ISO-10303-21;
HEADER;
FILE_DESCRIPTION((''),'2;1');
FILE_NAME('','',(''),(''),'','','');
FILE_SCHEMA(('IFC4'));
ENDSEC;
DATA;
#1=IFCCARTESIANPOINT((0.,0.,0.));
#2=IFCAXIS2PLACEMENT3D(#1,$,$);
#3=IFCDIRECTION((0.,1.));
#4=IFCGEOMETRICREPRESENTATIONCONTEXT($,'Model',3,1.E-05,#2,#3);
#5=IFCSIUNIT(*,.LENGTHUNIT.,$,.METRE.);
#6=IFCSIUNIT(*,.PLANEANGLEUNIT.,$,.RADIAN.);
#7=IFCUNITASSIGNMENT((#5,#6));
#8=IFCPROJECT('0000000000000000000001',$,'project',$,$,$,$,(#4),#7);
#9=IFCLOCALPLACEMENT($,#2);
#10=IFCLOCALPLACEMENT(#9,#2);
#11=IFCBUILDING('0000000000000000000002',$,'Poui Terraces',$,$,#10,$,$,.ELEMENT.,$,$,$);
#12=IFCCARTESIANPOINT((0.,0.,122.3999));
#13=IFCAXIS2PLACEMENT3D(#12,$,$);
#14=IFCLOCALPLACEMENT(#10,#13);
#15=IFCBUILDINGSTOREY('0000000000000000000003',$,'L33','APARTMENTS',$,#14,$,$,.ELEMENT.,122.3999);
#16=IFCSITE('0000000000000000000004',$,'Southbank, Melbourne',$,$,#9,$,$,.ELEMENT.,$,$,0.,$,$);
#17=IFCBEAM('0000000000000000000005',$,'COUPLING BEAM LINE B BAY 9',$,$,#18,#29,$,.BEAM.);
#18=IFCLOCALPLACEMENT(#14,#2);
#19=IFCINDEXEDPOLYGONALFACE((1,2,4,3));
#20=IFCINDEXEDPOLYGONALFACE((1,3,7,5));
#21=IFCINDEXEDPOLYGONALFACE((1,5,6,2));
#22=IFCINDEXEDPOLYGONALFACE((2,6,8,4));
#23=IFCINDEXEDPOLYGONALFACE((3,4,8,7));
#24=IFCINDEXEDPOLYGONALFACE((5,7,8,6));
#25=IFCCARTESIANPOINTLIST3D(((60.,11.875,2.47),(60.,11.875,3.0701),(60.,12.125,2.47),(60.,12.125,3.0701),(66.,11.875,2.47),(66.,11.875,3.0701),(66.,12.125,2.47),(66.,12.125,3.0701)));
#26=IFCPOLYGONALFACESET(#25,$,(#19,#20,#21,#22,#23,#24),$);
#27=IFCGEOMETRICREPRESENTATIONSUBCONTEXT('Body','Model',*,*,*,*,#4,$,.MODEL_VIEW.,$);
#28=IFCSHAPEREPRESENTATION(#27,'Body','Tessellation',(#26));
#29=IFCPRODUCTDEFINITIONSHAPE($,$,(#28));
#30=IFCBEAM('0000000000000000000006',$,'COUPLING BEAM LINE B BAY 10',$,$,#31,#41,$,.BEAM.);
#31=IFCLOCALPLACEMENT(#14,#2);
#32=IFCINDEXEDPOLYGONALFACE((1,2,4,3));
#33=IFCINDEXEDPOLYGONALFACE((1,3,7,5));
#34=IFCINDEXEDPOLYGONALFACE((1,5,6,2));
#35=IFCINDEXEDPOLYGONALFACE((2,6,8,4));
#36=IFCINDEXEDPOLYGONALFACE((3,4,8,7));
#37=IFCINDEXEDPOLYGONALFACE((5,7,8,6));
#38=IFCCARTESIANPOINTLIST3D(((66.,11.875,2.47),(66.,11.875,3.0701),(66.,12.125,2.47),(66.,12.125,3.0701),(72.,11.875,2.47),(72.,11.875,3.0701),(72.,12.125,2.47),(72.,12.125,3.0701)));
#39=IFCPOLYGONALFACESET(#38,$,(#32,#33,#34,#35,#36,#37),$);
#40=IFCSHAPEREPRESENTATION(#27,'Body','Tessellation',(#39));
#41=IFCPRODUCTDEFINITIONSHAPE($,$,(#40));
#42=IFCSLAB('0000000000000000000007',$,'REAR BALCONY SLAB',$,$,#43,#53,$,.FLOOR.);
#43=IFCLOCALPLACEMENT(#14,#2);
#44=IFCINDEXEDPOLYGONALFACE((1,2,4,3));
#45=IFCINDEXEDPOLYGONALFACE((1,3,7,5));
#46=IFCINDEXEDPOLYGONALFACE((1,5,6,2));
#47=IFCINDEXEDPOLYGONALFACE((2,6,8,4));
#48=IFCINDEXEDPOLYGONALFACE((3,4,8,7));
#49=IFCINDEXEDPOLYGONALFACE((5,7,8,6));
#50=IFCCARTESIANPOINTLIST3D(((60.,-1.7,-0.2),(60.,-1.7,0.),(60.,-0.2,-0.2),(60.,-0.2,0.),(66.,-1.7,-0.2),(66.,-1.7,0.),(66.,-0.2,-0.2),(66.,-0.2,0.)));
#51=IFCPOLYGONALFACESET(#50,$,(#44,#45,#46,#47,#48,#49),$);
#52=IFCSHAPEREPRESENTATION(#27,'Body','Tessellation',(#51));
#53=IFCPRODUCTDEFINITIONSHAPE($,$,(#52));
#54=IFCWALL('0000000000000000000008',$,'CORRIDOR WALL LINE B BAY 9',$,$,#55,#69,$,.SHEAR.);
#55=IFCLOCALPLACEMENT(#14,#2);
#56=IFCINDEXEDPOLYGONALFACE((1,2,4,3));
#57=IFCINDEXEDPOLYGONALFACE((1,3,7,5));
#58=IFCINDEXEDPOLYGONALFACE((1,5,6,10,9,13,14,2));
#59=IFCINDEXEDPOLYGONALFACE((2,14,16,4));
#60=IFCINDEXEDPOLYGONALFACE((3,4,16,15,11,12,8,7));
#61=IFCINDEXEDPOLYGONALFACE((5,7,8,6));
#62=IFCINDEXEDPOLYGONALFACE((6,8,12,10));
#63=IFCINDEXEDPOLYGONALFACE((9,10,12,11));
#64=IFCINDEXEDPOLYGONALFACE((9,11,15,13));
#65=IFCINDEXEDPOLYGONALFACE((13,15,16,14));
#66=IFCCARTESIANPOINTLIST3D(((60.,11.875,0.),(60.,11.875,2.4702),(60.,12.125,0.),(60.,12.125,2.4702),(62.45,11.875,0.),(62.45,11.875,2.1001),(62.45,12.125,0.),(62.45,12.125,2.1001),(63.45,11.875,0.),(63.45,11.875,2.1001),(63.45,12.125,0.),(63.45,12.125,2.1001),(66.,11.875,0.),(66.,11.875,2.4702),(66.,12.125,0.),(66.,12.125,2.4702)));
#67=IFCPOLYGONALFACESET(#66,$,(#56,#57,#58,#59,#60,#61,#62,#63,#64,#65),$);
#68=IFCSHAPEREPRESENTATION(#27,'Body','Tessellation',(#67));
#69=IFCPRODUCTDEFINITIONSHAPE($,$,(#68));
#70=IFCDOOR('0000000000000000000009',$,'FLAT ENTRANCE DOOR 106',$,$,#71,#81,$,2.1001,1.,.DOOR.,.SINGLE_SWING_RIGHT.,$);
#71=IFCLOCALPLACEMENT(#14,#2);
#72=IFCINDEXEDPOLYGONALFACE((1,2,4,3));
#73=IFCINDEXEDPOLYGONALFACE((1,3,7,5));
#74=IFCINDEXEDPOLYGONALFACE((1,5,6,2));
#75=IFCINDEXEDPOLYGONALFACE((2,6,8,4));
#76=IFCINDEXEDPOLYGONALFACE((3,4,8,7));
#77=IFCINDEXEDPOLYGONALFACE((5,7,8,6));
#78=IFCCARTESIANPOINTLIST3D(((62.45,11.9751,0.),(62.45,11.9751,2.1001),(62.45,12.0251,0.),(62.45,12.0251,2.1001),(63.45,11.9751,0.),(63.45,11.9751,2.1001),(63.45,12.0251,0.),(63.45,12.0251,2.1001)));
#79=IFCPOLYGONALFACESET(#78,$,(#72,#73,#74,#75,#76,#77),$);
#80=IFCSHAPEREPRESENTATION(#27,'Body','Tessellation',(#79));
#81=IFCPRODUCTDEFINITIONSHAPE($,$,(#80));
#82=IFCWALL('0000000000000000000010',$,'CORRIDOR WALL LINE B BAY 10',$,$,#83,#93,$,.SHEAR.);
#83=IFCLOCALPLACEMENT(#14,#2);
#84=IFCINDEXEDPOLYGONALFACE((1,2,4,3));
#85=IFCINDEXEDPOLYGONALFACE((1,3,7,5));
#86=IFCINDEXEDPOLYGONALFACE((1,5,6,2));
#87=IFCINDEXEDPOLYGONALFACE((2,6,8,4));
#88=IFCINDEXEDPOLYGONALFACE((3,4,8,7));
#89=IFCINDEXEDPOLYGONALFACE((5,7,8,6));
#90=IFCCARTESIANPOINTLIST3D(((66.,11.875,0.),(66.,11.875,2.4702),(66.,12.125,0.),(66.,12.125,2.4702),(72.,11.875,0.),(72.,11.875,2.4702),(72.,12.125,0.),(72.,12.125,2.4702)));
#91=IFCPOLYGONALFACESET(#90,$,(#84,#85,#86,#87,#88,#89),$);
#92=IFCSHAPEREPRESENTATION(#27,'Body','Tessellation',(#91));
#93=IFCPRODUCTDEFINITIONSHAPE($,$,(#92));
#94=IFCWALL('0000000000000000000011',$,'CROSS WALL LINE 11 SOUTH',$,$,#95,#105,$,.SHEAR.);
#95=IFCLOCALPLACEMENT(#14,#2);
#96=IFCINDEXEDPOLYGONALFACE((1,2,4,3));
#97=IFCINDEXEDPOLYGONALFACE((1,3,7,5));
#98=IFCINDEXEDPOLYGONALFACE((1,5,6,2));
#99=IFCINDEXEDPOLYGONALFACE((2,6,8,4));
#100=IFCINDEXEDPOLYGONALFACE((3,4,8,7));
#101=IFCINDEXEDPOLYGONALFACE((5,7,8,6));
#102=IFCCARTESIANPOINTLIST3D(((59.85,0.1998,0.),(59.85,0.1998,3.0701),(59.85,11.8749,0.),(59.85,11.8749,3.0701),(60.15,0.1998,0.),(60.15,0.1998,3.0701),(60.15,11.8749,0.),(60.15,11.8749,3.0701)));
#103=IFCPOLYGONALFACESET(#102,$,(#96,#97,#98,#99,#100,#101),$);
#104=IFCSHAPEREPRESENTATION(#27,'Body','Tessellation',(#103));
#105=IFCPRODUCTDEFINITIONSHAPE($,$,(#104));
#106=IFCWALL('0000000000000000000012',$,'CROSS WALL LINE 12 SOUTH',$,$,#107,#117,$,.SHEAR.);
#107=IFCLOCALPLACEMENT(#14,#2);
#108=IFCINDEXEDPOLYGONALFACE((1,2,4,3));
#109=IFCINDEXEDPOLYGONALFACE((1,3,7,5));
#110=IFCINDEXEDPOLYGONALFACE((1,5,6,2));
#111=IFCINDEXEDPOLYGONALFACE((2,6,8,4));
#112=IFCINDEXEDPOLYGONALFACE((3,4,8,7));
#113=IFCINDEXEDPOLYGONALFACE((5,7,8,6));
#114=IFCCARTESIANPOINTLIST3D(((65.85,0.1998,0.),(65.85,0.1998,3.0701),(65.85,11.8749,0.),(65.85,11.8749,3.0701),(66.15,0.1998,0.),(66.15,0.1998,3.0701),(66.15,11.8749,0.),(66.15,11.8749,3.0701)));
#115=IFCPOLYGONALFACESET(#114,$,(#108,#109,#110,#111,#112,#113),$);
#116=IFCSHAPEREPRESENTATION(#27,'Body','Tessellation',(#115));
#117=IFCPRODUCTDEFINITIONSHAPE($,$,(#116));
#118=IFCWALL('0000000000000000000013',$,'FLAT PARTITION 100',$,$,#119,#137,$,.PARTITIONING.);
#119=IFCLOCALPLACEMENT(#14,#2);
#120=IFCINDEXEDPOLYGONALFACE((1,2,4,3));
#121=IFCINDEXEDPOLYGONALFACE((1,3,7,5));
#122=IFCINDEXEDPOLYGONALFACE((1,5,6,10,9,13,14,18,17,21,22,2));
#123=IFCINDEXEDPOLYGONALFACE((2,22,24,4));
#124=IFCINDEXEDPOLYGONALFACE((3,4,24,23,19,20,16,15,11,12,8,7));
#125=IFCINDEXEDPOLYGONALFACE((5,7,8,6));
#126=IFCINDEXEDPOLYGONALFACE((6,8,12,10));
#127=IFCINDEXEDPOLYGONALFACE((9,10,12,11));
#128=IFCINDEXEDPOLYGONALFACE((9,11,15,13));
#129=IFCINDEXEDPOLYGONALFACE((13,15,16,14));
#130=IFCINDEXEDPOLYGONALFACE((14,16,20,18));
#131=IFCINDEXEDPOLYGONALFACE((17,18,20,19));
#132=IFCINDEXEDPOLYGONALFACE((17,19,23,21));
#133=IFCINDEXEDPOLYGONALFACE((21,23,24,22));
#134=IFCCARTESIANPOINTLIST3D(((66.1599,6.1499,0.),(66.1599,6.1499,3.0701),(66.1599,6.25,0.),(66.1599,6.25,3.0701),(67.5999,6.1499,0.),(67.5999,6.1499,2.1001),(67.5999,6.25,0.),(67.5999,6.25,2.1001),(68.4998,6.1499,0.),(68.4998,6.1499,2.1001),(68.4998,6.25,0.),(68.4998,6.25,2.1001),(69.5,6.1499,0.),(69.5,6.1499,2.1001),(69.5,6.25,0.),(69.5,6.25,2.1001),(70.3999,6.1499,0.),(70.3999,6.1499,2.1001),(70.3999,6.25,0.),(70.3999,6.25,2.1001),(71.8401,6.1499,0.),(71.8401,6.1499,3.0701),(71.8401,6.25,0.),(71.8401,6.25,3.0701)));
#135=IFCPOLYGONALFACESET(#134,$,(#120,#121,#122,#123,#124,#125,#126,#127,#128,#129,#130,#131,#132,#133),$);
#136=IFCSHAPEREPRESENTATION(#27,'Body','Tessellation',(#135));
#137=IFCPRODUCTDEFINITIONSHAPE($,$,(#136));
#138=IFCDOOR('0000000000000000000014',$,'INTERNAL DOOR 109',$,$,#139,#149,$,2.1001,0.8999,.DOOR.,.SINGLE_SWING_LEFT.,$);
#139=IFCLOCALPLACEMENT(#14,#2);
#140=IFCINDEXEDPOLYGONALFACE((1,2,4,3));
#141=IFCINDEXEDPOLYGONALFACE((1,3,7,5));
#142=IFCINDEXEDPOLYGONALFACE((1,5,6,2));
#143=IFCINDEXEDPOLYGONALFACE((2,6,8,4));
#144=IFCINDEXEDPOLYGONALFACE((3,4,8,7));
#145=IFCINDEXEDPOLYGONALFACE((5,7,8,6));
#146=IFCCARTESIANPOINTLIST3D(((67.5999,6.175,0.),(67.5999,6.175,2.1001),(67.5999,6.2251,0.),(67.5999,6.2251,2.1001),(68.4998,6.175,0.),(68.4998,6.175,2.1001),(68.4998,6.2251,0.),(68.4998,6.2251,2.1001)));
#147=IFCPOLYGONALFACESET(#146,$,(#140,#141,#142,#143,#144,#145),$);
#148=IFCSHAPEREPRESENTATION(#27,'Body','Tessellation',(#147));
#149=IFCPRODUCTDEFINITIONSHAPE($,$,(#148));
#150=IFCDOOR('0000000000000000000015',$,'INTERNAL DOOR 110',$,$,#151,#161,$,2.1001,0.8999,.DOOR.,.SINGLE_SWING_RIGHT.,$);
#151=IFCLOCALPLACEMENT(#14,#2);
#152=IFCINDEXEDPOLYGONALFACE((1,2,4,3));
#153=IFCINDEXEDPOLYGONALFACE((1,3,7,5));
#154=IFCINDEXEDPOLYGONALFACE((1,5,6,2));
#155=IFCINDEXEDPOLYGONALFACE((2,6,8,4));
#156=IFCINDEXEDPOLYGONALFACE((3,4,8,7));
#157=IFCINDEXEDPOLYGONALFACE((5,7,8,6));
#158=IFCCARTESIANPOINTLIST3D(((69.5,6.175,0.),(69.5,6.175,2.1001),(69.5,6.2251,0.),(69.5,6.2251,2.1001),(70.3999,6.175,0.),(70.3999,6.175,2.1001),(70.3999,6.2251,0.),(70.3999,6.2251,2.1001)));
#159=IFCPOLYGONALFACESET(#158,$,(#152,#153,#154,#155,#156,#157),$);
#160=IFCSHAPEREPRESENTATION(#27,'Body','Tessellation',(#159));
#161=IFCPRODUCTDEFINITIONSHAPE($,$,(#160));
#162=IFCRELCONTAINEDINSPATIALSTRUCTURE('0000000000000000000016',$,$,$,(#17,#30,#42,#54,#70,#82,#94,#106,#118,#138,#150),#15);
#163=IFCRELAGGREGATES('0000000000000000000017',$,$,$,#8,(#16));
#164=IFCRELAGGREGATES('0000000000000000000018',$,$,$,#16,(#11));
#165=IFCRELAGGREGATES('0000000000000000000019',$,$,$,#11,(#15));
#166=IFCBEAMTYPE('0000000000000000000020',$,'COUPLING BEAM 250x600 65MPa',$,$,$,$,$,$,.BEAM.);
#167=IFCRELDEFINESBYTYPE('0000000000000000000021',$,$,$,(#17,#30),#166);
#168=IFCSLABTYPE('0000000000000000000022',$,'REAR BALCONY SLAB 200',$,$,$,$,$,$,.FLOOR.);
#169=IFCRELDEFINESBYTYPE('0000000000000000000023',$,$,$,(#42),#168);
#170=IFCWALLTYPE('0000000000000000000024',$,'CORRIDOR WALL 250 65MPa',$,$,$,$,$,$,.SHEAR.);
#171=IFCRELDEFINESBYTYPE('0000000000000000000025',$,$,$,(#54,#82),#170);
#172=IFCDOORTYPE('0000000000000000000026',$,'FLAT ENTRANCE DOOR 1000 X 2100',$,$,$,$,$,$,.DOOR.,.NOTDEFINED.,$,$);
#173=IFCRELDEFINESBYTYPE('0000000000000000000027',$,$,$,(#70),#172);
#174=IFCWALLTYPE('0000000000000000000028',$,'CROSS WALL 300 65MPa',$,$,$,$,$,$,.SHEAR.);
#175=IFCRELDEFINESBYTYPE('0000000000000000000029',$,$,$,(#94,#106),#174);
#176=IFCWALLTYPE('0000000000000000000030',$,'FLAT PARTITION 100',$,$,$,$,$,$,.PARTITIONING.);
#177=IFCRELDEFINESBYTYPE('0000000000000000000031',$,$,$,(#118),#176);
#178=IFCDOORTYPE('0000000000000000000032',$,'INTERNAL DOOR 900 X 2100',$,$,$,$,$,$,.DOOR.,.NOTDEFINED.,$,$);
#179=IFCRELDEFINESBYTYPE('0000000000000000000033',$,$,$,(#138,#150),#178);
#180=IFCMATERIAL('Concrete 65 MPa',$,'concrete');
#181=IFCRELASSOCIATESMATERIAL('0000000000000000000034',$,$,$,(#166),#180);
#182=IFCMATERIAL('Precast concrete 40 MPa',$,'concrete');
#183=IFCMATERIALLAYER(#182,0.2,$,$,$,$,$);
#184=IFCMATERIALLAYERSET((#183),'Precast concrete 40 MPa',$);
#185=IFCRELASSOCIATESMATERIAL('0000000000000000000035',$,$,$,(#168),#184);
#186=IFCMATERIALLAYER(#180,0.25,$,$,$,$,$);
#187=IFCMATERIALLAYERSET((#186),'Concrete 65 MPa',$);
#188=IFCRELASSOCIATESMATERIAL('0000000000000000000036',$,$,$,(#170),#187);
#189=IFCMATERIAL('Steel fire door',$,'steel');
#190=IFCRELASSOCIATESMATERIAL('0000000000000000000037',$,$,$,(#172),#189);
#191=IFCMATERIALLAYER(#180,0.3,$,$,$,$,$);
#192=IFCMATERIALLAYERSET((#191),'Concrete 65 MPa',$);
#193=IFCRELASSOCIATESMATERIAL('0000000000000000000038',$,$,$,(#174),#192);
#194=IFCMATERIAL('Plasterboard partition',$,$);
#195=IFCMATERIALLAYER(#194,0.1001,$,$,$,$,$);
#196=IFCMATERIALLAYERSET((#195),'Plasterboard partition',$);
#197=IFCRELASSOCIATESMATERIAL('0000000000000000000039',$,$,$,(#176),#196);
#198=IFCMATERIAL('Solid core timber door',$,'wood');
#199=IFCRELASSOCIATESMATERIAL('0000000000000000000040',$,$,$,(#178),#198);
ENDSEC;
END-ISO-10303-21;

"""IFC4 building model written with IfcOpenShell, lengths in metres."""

from ifc_helpers import new_model, si_unit, direction, frame, frame_2d, origin, origin_2d, place, context, subcontext, project, spatial, polyline, rectangle, outline, extrude, source, transform, mapped, material, layer, layer_set, material_profile, profile_set, type_object, element, fill, save


model = new_model("IFC4")

# Units and contexts
model_context = context("Model", 3, precision=1e-05, world=origin(), true_north=direction((0.0, 1.0)))
body_context = subcontext(model_context, "Body", "Model", "MODEL_VIEW")
ifc_project = project(units=[si_unit("LENGTHUNIT", "METRE"), si_unit("PLANEANGLEUNIT", "RADIAN")], contexts=[model_context])

# Site, building, storey
site_placement = place(None, origin())
site = spatial("IfcSite", under=ifc_project, at=site_placement, Name="Southbank, Melbourne", CompositionType="ELEMENT", RefElevation=0.0)
building_placement = place(site_placement, origin())
building = spatial("IfcBuilding", under=site, at=building_placement, Name="Poui Terraces", CompositionType="ELEMENT")
storey_placement = place(building_placement, frame((0.0, 0.0, 122.3999)))
storey = spatial("IfcBuildingStorey", under=building, at=storey_placement, Name="L33", Description="APARTMENTS", CompositionType="ELEMENT", Elevation=122.3999)

# Beams
ifc_material_1 = material(Name="Concrete 65 MPa", Category="concrete")
ifc_material_profile_1 = material_profile(ifc_material_1, rectangle(XDim=0.25, YDim=0.6001, at=origin_2d()), Name="RC 250x600")
ifc_profile_set_1 = profile_set([ifc_material_profile_1], Name="Concrete 65 MPa")
beam_type = type_object("IfcBeamType", Name="COUPLING BEAM 250x600 65MPa", PredefinedType="BEAM", material=ifc_profile_set_1)
shared_shape_1 = source(origin(), body_context, "Body", "SweptSolid", [
    extrude(rectangle(XDim=0.25, YDim=0.6001, at=origin_2d()), origin(), (0.0, 0.0, 1.0), 6.0),
])
for number, where, z_axis, x_axis, name in (
    (1, (60.0, 12.0, 2.77), (1.0, 0.0, 0.0), (0.0, 1.0, 0.0), "COUPLING BEAM LINE B BAY 9"),
    (2, (66.0, 12.0, 2.77), (1.0, 0.0, 0.0), (0.0, 1.0, 0.0), "COUPLING BEAM LINE B BAY 10"),
):
    element("IfcBeam", number, at=place(storey_placement, frame(where, z_axis=z_axis, x_axis=x_axis)), inside=storey, type_object=beam_type, Name=name, PredefinedType="BEAM", context=body_context, shape_type="MappedRepresentation", body=[
        mapped(shared_shape_1, transform((0.0, 0.0, 0.0))),
    ])

# Slab
ifc_material_2 = material(Name="Precast concrete 40 MPa", Category="concrete")
ifc_layer_1 = layer(ifc_material_2, 0.2)
ifc_layer_set_1 = layer_set([ifc_layer_1], Name="Precast concrete 40 MPa")
slab_type = type_object("IfcSlabType", Name="REAR BALCONY SLAB 200", PredefinedType="FLOOR", material=ifc_layer_set_1)
shared_shape_2 = source(origin(), body_context, "Body", "SweptSolid", [
    extrude(outline(polyline([(0.0, 0.0), (6.0, 0.0), (6.0, 1.5), (0.0, 1.5), (0.0, 0.0)])), origin(), (0.0, 0.0, 1.0), 0.2),
])
slab_placement = place(storey_placement, frame((60.0, -1.7, -0.2)))
element("IfcSlab", 3, at=slab_placement, inside=storey, type_object=slab_type, Name="REAR BALCONY SLAB", PredefinedType="FLOOR", context=body_context, shape_type="MappedRepresentation", body=[
    mapped(shared_shape_2, transform((0.0, 0.0, 0.0))),
])

# Wall, opening, door
ifc_layer_2 = layer(ifc_material_1, 0.25)
ifc_layer_set_2 = layer_set([ifc_layer_2], Name="Concrete 65 MPa")
wall_type_1 = type_object("IfcWallType", Name="CORRIDOR WALL 250 65MPa", PredefinedType="SHEAR", material=ifc_layer_set_2)
wall_1_placement = place(storey_placement, frame((60.0, 12.0, 0.0), z_axis=(0.0, 0.0, 1.0), x_axis=(1.0, 0.0, 0.0)))
wall_1 = element("IfcWall", 4, at=wall_1_placement, inside=storey, type_object=wall_type_1, Name="CORRIDOR WALL LINE B BAY 9", PredefinedType="SHEAR", context=body_context, shape_type="SweptSolid", body=[
    extrude(rectangle(XDim=6.0, YDim=0.25, at=frame_2d((3.0, 0.0))), origin(), (0.0, 0.0, 1.0), 2.4702),
])
opening_1_placement = place(wall_1_placement, frame((2.45, 0.0, 0.0)))
opening_1 = element("IfcOpeningElement", 5, at=opening_1_placement, cuts=wall_1, PredefinedType="OPENING", context=body_context, shape_type="SweptSolid", body=[
    extrude(rectangle(XDim=1.0, YDim=2.1001, at=frame_2d((0.5, 1.05))), frame((0.0, 0.135, 0.0), z_axis=(0.0, -1.0, 0.0), x_axis=(1.0, 0.0, 0.0)), (0.0, 0.0, 1.0), 0.27),
])
ifc_material_3 = material(Name="Steel fire door", Category="steel")
door_type_1 = type_object("IfcDoorType", Name="FLAT ENTRANCE DOOR 1000 X 2100", OperationType="NOTDEFINED", PredefinedType="DOOR", material=ifc_material_3)
door_1_placement = place(opening_1_placement, frame((1.0, 0.0, 0.0), z_axis=(0.0, 0.0, 1.0), x_axis=(-1.0, 0.0, 0.0)))
door_1 = element("IfcDoor", 6, at=door_1_placement, inside=storey, type_object=door_type_1, Name="FLAT ENTRANCE DOOR 106", OperationType="SINGLE_SWING_RIGHT", OverallHeight=2.1001, OverallWidth=1.0, PredefinedType="DOOR", context=body_context, shape_type="SweptSolid", body=[
    extrude(rectangle(XDim=1.0, YDim=2.1001, at=frame_2d((0.5, 1.05))), frame((0.0, 0.0249, 0.0), z_axis=(0.0, -1.0, 0.0), x_axis=(1.0, 0.0, 0.0)), (0.0, 0.0, 1.0), 0.05),
])
fill(opening_1, door_1)

# Walls
wall_2_placement = place(storey_placement, frame((66.0, 12.0, 0.0), z_axis=(0.0, 0.0, 1.0), x_axis=(1.0, 0.0, 0.0)))
element("IfcWall", 7, at=wall_2_placement, inside=storey, type_object=wall_type_1, Name="CORRIDOR WALL LINE B BAY 10", PredefinedType="SHEAR", context=body_context, shape_type="SweptSolid", body=[
    extrude(rectangle(XDim=6.0, YDim=0.25, at=frame_2d((3.0, 0.0))), origin(), (0.0, 0.0, 1.0), 2.4702),
])
ifc_layer_3 = layer(ifc_material_1, 0.3)
ifc_layer_set_3 = layer_set([ifc_layer_3], Name="Concrete 65 MPa")
wall_type_2 = type_object("IfcWallType", Name="CROSS WALL 300 65MPa", PredefinedType="SHEAR", material=ifc_layer_set_3)
for number, where, z_axis, x_axis, name in (
    (8, (60.0, 0.2, 0.0), (0.0, 0.0, 1.0), (0.0, 1.0, 0.0), "CROSS WALL LINE 11 SOUTH"),
    (9, (66.0, 0.2, 0.0), (0.0, 0.0, 1.0), (0.0, 1.0, 0.0), "CROSS WALL LINE 12 SOUTH"),
):
    element("IfcWall", number, at=place(storey_placement, frame(where, z_axis=z_axis, x_axis=x_axis)), inside=storey, type_object=wall_type_2, Name=name, PredefinedType="SHEAR", context=body_context, shape_type="SweptSolid", body=[
        extrude(rectangle(XDim=11.675, YDim=0.3, at=frame_2d((5.8374, 0.0))), origin(), (0.0, 0.0, 1.0), 3.0701),
    ])

# Wall, openings, doors
ifc_material_4 = material(Name="Plasterboard partition")
ifc_layer_4 = layer(ifc_material_4, 0.1001)
ifc_layer_set_4 = layer_set([ifc_layer_4], Name="Plasterboard partition")
wall_type_3 = type_object("IfcWallType", Name="FLAT PARTITION 100", PredefinedType="PARTITIONING", material=ifc_layer_set_4)
wall_3_placement = place(storey_placement, frame((66.1599, 6.2, 0.0), z_axis=(0.0, 0.0, 1.0), x_axis=(1.0, 0.0, 0.0)))
wall_3 = element("IfcWall", 10, at=wall_3_placement, inside=storey, type_object=wall_type_3, Name="FLAT PARTITION 100", PredefinedType="PARTITIONING", context=body_context, shape_type="SweptSolid", body=[
    extrude(rectangle(XDim=5.6802, YDim=0.1001, at=frame_2d((2.8401, 0.0))), origin(), (0.0, 0.0, 1.0), 3.0701),
])
opening_2_placement = place(wall_3_placement, frame((1.4399, 0.0, 0.0)))
opening_2 = element("IfcOpeningElement", 11, at=opening_2_placement, cuts=wall_3, PredefinedType="OPENING", context=body_context, shape_type="SweptSolid", body=[
    extrude(rectangle(XDim=0.8999, YDim=2.1001, at=frame_2d((0.45, 1.05))), frame((0.0, 0.0601, 0.0), z_axis=(0.0, -1.0, 0.0), x_axis=(1.0, 0.0, 0.0)), (0.0, 0.0, 1.0), 0.1201),
])
opening_3_placement = place(wall_3_placement, frame((3.3401, 0.0, 0.0)))
opening_3 = element("IfcOpeningElement", 12, at=opening_3_placement, cuts=wall_3, PredefinedType="OPENING", context=body_context, shape_type="SweptSolid", body=[
    extrude(rectangle(XDim=0.8999, YDim=2.1001, at=frame_2d((0.45, 1.05))), frame((0.0, 0.0601, 0.0), z_axis=(0.0, -1.0, 0.0), x_axis=(1.0, 0.0, 0.0)), (0.0, 0.0, 1.0), 0.1201),
])
ifc_material_5 = material(Name="Solid core timber door", Category="wood")
door_type_2 = type_object("IfcDoorType", Name="INTERNAL DOOR 900 X 2100", OperationType="NOTDEFINED", PredefinedType="DOOR", material=ifc_material_5)
door_2_placement = place(opening_2_placement, frame((0.8999, 0.0, 0.0), z_axis=(0.0, 0.0, 1.0), x_axis=(-1.0, 0.0, 0.0)))
door_2 = element("IfcDoor", 13, at=door_2_placement, inside=storey, type_object=door_type_2, Name="INTERNAL DOOR 109", OperationType="SINGLE_SWING_LEFT", OverallHeight=2.1001, OverallWidth=0.8999, PredefinedType="DOOR", context=body_context, shape_type="SweptSolid", body=[
    extrude(rectangle(XDim=0.8999, YDim=2.1001, at=frame_2d((0.45, 1.05))), frame((0.0, 0.0249, 0.0), z_axis=(0.0, -1.0, 0.0), x_axis=(1.0, 0.0, 0.0)), (0.0, 0.0, 1.0), 0.05),
])
fill(opening_2, door_2)
door_3_placement = place(opening_3_placement, frame((0.8999, 0.0, 0.0), z_axis=(0.0, 0.0, 1.0), x_axis=(-1.0, 0.0, 0.0)))
door_3 = element("IfcDoor", 14, at=door_3_placement, inside=storey, type_object=door_type_2, Name="INTERNAL DOOR 110", OperationType="SINGLE_SWING_RIGHT", OverallHeight=2.1001, OverallWidth=0.8999, PredefinedType="DOOR", context=body_context, shape_type="SweptSolid", body=[
    extrude(rectangle(XDim=0.8999, YDim=2.1001, at=frame_2d((0.45, 1.05))), frame((0.0, 0.0249, 0.0), z_axis=(0.0, -1.0, 0.0), x_axis=(1.0, 0.0, 0.0)), (0.0, 0.0, 1.0), 0.05),
])
fill(opening_3, door_3)

save(model, "model.ifc")
